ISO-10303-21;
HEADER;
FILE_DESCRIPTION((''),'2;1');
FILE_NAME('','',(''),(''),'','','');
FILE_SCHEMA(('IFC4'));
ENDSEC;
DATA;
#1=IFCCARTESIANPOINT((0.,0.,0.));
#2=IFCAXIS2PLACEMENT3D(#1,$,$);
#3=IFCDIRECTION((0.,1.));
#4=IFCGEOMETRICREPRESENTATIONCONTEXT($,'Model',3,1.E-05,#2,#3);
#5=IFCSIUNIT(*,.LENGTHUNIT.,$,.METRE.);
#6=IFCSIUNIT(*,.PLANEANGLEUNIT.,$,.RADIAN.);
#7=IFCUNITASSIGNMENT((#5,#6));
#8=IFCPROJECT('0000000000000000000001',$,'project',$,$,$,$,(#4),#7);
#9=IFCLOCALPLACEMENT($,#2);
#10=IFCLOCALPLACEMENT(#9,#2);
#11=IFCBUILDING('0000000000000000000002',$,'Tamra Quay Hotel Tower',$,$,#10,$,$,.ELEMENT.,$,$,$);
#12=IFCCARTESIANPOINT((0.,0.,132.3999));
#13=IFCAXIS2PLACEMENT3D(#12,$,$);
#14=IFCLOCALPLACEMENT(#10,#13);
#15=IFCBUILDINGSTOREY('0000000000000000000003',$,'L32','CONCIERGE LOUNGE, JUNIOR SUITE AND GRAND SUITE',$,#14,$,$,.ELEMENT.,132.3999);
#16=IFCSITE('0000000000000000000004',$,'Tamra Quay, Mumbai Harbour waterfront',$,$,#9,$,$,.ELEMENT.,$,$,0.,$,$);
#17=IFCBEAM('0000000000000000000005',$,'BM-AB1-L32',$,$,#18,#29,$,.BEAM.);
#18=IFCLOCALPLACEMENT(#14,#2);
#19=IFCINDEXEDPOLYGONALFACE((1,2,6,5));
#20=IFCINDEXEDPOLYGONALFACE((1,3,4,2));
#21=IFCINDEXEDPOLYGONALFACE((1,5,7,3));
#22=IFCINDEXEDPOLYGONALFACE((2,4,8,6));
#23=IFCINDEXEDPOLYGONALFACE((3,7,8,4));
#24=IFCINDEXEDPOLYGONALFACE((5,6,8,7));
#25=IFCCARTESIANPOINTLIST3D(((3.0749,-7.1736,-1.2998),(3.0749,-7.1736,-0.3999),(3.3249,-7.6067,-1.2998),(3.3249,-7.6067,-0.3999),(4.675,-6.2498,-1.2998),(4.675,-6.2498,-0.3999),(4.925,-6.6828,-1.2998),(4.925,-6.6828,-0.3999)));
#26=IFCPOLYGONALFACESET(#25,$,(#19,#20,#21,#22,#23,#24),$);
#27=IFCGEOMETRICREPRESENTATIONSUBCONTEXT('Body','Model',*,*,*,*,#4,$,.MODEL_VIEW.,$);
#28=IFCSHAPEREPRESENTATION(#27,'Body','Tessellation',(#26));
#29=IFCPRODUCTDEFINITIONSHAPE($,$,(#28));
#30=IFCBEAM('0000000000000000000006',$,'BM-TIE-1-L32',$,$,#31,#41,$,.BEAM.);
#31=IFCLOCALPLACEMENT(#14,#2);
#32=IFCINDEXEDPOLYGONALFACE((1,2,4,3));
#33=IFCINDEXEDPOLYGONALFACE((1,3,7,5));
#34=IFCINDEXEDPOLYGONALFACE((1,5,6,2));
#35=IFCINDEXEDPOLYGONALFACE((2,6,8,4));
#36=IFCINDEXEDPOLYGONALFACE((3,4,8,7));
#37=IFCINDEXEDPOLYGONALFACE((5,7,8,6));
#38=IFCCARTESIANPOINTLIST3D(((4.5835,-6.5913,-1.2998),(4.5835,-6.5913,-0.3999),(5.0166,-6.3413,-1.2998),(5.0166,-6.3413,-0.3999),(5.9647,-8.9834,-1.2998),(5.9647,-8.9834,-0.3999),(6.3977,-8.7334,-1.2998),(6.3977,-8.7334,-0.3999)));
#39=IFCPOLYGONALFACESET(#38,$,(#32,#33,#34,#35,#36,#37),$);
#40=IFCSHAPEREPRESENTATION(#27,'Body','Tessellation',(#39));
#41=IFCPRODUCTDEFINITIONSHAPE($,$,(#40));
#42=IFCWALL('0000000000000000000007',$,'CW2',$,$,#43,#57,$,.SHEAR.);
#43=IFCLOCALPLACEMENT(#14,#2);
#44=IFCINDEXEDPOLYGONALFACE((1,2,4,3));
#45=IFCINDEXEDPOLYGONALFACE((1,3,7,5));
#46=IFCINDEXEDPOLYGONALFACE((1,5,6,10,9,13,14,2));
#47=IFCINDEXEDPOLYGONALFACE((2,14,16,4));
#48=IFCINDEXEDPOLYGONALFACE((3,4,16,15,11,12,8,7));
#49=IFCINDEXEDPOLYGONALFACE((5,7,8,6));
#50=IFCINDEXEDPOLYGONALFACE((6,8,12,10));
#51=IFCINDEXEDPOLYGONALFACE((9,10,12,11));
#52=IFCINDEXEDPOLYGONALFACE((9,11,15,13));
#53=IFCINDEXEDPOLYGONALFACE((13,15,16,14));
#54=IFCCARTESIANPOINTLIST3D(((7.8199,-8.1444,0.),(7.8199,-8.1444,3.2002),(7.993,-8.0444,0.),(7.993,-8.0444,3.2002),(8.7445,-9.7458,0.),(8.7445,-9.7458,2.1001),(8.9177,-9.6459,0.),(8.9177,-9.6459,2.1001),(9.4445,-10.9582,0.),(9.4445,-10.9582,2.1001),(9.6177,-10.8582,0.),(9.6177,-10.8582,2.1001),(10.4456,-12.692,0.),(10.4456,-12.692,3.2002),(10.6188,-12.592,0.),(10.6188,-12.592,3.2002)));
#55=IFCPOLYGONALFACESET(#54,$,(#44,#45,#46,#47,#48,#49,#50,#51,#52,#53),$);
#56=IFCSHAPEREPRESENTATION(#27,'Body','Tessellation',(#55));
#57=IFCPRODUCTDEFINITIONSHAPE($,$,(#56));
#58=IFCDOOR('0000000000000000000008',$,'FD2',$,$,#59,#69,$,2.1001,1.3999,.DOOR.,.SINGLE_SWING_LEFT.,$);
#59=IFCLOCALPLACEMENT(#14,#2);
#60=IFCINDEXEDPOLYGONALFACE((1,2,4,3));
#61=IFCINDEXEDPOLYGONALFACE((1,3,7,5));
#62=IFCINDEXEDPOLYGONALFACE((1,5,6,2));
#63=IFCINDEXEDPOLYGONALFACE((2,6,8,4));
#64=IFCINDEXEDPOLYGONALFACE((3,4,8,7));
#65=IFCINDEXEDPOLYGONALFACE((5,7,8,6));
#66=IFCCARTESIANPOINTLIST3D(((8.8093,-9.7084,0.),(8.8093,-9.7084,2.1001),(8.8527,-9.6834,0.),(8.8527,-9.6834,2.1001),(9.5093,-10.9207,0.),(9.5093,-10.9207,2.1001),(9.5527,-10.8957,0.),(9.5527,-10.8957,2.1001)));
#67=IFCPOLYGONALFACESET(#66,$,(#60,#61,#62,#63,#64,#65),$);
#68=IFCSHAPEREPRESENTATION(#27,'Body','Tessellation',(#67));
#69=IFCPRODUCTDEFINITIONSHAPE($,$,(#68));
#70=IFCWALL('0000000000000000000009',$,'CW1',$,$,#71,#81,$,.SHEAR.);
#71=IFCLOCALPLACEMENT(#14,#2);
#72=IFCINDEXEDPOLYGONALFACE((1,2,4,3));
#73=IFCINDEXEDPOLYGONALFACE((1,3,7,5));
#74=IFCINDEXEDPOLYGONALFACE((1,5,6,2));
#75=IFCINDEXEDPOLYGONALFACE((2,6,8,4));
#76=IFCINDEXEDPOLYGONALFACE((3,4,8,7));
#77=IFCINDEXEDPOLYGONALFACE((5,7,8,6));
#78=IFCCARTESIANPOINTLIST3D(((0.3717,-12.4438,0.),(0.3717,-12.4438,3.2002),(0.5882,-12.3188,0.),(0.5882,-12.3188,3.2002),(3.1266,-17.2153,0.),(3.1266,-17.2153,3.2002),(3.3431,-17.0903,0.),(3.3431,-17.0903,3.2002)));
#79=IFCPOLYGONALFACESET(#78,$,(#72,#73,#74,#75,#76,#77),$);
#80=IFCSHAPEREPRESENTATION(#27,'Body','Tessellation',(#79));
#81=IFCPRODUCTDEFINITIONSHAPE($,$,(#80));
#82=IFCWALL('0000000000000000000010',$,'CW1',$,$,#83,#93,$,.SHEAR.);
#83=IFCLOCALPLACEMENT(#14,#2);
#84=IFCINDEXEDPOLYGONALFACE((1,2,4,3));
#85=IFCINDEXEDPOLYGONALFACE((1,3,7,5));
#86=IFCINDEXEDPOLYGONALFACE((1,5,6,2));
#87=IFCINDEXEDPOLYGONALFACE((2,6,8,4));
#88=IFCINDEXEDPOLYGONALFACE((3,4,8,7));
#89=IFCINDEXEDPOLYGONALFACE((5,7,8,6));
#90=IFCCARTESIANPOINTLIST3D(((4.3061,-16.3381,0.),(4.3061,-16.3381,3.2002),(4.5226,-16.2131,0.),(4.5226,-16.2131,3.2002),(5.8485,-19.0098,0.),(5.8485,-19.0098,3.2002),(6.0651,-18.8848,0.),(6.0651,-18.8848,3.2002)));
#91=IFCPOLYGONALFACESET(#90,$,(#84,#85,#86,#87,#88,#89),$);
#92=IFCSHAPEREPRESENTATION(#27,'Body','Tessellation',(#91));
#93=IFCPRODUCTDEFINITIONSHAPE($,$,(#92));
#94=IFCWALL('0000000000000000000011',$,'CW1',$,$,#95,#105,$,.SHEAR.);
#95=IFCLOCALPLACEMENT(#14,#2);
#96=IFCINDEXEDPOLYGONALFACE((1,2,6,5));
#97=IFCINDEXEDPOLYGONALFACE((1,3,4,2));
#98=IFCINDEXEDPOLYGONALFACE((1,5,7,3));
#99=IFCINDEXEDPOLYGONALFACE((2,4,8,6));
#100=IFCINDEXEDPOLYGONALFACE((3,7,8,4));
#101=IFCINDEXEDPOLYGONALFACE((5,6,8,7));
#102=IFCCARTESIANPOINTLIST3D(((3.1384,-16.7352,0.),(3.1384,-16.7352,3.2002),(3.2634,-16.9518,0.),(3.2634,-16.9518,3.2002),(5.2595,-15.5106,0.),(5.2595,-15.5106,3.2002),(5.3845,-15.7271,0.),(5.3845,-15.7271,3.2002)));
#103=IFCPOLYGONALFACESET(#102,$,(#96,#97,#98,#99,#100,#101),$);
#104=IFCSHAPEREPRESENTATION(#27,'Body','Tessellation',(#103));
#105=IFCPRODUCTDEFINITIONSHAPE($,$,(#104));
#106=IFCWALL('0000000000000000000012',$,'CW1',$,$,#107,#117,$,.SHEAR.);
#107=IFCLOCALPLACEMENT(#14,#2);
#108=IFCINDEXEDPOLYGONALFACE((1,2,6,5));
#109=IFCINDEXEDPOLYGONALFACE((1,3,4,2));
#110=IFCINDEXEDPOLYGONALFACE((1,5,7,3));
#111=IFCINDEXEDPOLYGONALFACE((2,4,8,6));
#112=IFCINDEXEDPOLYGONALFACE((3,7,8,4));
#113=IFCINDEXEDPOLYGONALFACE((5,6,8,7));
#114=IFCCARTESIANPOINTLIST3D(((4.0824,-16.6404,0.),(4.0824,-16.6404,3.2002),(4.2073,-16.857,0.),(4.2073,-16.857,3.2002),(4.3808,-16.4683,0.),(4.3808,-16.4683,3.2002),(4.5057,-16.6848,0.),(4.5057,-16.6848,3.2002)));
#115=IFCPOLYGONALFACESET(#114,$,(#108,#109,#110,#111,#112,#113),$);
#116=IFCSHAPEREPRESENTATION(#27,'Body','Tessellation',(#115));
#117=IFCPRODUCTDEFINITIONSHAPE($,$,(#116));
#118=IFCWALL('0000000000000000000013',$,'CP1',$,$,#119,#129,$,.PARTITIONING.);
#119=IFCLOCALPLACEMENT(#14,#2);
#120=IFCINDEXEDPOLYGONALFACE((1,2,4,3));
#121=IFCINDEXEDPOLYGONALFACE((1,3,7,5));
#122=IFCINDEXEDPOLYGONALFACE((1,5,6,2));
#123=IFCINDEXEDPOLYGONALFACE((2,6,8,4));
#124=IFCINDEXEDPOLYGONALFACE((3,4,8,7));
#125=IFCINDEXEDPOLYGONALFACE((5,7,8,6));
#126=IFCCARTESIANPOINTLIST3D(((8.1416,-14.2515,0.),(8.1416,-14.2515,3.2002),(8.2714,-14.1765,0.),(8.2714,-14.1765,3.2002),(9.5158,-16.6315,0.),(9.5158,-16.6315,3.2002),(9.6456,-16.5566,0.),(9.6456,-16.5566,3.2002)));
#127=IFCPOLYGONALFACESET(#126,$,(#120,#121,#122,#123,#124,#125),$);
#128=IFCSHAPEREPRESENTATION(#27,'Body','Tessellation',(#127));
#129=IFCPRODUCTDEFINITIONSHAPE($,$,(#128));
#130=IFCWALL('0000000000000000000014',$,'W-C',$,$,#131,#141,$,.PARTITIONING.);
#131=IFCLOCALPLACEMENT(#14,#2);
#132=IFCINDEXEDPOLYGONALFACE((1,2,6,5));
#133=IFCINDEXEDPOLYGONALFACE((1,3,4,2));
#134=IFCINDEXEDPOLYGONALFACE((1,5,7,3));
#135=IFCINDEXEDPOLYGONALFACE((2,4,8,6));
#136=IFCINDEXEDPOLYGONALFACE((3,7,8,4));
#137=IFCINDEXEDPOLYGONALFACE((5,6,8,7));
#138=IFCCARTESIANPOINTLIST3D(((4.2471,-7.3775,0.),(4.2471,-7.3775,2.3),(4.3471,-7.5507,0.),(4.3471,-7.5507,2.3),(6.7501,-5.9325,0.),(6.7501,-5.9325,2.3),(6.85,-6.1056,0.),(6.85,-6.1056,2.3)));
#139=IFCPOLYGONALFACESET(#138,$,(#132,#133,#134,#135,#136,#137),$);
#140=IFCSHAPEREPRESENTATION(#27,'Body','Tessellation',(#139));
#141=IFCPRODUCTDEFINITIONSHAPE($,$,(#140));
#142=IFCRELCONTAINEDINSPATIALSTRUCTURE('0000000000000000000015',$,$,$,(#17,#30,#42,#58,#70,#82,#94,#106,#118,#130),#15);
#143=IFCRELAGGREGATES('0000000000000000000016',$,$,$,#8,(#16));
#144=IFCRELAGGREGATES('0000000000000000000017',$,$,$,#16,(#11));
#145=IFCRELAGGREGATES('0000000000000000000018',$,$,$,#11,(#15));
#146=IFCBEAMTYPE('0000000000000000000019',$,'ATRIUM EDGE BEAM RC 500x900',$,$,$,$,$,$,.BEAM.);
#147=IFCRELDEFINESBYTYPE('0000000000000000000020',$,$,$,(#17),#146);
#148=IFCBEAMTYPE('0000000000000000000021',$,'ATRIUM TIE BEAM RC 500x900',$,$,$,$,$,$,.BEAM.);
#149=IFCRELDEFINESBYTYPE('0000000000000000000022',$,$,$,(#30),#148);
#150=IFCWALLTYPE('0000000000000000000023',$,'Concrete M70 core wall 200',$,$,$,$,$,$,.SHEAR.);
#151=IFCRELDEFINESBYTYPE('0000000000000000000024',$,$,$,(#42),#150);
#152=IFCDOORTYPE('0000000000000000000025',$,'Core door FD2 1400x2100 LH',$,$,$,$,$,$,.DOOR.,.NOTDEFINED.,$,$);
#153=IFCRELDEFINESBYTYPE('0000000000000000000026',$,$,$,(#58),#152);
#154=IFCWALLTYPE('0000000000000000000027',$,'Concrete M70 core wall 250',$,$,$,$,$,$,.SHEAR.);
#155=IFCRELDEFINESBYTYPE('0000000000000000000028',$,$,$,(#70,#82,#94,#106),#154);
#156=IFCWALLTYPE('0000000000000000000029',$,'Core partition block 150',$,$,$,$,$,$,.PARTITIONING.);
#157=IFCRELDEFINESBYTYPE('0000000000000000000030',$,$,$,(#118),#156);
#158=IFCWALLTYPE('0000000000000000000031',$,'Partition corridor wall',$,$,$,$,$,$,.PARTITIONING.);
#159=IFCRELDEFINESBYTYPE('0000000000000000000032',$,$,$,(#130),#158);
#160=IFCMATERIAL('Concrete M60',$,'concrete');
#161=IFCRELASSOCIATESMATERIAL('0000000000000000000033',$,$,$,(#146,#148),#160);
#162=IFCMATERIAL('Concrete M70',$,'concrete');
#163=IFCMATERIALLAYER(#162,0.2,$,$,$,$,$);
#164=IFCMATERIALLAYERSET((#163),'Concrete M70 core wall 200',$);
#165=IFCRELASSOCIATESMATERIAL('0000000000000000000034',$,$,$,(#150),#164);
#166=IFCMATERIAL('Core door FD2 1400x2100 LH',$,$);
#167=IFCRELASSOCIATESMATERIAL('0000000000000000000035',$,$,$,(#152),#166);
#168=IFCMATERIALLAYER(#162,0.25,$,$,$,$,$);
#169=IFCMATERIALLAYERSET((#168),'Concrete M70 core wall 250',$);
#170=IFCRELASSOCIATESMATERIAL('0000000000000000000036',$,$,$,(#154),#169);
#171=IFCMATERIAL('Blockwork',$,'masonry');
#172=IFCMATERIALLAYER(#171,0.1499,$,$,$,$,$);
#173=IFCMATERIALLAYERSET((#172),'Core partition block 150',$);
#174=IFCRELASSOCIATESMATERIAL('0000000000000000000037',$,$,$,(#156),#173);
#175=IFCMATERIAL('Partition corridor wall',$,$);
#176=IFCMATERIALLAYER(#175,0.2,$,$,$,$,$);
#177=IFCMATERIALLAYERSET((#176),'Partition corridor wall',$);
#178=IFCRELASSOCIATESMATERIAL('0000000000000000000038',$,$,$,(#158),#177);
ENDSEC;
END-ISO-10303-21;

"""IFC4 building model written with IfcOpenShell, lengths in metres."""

from ifc_helpers import new_model, si_unit, direction, frame, frame_2d, origin, origin_2d, place, context, subcontext, project, spatial, rectangle, extrude, material, layer, layer_set, material_profile, profile_set, type_object, element, fill, save


model = new_model("IFC4")

# Units and contexts
model_context = context("Model", 3, precision=1e-05, world=origin(), true_north=direction((0.0, 1.0)))
body_context = subcontext(model_context, "Body", "Model", "MODEL_VIEW")
ifc_project = project(units=[si_unit("LENGTHUNIT", "METRE"), si_unit("PLANEANGLEUNIT", "RADIAN")], contexts=[model_context])

# Site, building, storey
site_placement = place(None, origin())
site = spatial("IfcSite", under=ifc_project, at=site_placement, Name="Tamra Quay, Mumbai Harbour waterfront", CompositionType="ELEMENT", RefElevation=0.0)
building_placement = place(site_placement, origin())
building = spatial("IfcBuilding", under=site, at=building_placement, Name="Tamra Quay Hotel Tower", CompositionType="ELEMENT")
storey_placement = place(building_placement, frame((0.0, 0.0, 132.3999)))
storey = spatial("IfcBuildingStorey", under=building, at=storey_placement, Name="L32", Description="CONCIERGE LOUNGE, JUNIOR SUITE AND GRAND SUITE", CompositionType="ELEMENT", Elevation=132.3999)

# Beams
ifc_material_1 = material(Name="Concrete M60", Category="concrete")
ifc_material_profile_1 = material_profile(ifc_material_1, rectangle(XDim=0.5, YDim=0.8999, at=origin_2d()), Name="ATRIUM EDGE BEAM RC 500x900")
ifc_profile_set_1 = profile_set([ifc_material_profile_1], Name="Concrete M60")
beam_type_1 = type_object("IfcBeamType", Name="ATRIUM EDGE BEAM RC 500x900", PredefinedType="BEAM", material=ifc_profile_set_1)
beam_1_placement = place(storey_placement, frame((4.8, -6.4663, -0.8499), z_axis=(-0.866023, -0.500005, 0.0), x_axis=(0.500005, -0.866023, 0.0)))
element("IfcBeam", 1, at=beam_1_placement, inside=storey, type_object=beam_type_1, Name="BM-AB1-L32", PredefinedType="BEAM", context=body_context, shape_type="SweptSolid", body=[
    extrude(rectangle(XDim=0.5, YDim=0.8999, at=origin_2d()), origin(), (0.0, 0.0, 1.0), 1.8477),
])
ifc_material_profile_2 = material_profile(ifc_material_1, rectangle(XDim=0.5, YDim=0.8999, at=origin_2d()), Name="ATRIUM TIE BEAM RC 500x900")
ifc_profile_set_2 = profile_set([ifc_material_profile_2], Name="Concrete M60")
beam_type_2 = type_object("IfcBeamType", Name="ATRIUM TIE BEAM RC 500x900", PredefinedType="BEAM", material=ifc_profile_set_2)
beam_2_placement = place(storey_placement, frame((4.8, -6.4663, -0.8499), z_axis=(0.500008, -0.866021, 0.0), x_axis=(0.866021, 0.500008, 0.0)))
element("IfcBeam", 2, at=beam_2_placement, inside=storey, type_object=beam_type_2, Name="BM-TIE-1-L32", PredefinedType="BEAM", context=body_context, shape_type="SweptSolid", body=[
    extrude(rectangle(XDim=0.5, YDim=0.8999, at=origin_2d()), origin(), (0.0, 0.0, 1.0), 2.7622),
])

# Wall, opening, door
ifc_material_2 = material(Name="Concrete M70", Category="concrete")
ifc_layer_1 = layer(ifc_material_2, 0.2)
ifc_layer_set_1 = layer_set([ifc_layer_1], Name="Concrete M70 core wall 200")
wall_type_1 = type_object("IfcWallType", Name="Concrete M70 core wall 200", PredefinedType="SHEAR", material=ifc_layer_set_1)
wall_1_placement = place(storey_placement, frame((7.9065, -8.0945, 0.0), z_axis=(0.0, 0.0, 1.0), x_axis=(0.500024, -0.866011, 0.0)))
wall_1 = element("IfcWall", 3, at=wall_1_placement, inside=storey, type_object=wall_type_1, Name="CW2", PredefinedType="SHEAR", context=body_context, shape_type="SweptSolid", body=[
    extrude(rectangle(XDim=5.2512, YDim=0.2, at=frame_2d((2.6255, 0.0))), origin(), (0.0, 0.0, 1.0), 3.2002),
])
opening_1_placement = place(wall_1_placement, frame((1.8491, 0.0, 0.0)))
opening_1 = element("IfcOpeningElement", 4, at=opening_1_placement, cuts=wall_1, PredefinedType="OPENING", context=body_context, shape_type="SweptSolid", body=[
    extrude(rectangle(XDim=1.3999, YDim=2.1001, at=frame_2d((0.7, 1.05))), frame((0.0, 0.1099, 0.0), z_axis=(0.0, -1.0, 0.0), x_axis=(1.0, 0.0, 0.0)), (0.0, 0.0, 1.0), 0.22),
])
ifc_material_3 = material(Name="Core door FD2 1400x2100 LH")
door_type_1 = type_object("IfcDoorType", Name="Core door FD2 1400x2100 LH", OperationType="NOTDEFINED", PredefinedType="DOOR", material=ifc_material_3)
door_1_placement = place(opening_1_placement, origin())
door_1 = element("IfcDoor", 5, at=door_1_placement, inside=storey, type_object=door_type_1, Name="FD2", OperationType="SINGLE_SWING_LEFT", OverallHeight=2.1001, OverallWidth=1.3999, PredefinedType="DOOR", context=body_context, shape_type="SweptSolid", body=[
    extrude(rectangle(XDim=1.3999, YDim=2.1001, at=frame_2d((0.7, 1.05))), frame((0.0, 0.0249, 0.0), z_axis=(0.0, -1.0, 0.0), x_axis=(1.0, 0.0, 0.0)), (0.0, 0.0, 1.0), 0.05),
])
fill(opening_1, door_1)

# Walls
ifc_layer_2 = layer(ifc_material_2, 0.25)
ifc_layer_set_2 = layer_set([ifc_layer_2], Name="Concrete M70 core wall 250")
wall_type_2 = type_object("IfcWallType", Name="Concrete M70 core wall 250", PredefinedType="SHEAR", material=ifc_layer_set_2)
wall_2_placement = place(storey_placement, frame((3.2349, -17.1528, 0.0), z_axis=(0.0, 0.0, 1.0), x_axis=(-0.500009, 0.86602, 0.0)))
element("IfcWall", 6, at=wall_2_placement, inside=storey, type_object=wall_type_2, Name="CW1", PredefinedType="SHEAR", context=body_context, shape_type="SweptSolid", body=[
    extrude(rectangle(XDim=5.5098, YDim=0.25, at=frame_2d((2.7549, 0.0))), origin(), (0.0, 0.0, 1.0), 3.2002),
])
wall_3_placement = place(storey_placement, frame((4.4143, -16.2756, 0.0), z_axis=(0.0, 0.0, 1.0), x_axis=(0.500003, -0.866023, 0.0)))
element("IfcWall", 7, at=wall_3_placement, inside=storey, type_object=wall_type_2, Name="CW1", PredefinedType="SHEAR", context=body_context, shape_type="SweptSolid", body=[
    extrude(rectangle(XDim=3.085, YDim=0.25, at=frame_2d((1.5425, 0.0))), origin(), (0.0, 0.0, 1.0), 3.2002),
])
wall_4_placement = place(storey_placement, frame((5.322, -15.6189, 0.0), z_axis=(0.0, 0.0, 1.0), x_axis=(-0.866026, -0.499999, 0.0)))
element("IfcWall", 8, at=wall_4_placement, inside=storey, type_object=wall_type_2, Name="CW1", PredefinedType="SHEAR", context=body_context, shape_type="SweptSolid", body=[
    extrude(rectangle(XDim=2.4492, YDim=0.25, at=frame_2d((1.2246, 0.0))), origin(), (0.0, 0.0, 1.0), 3.2002),
])
wall_5_placement = place(storey_placement, frame((4.1448, -16.7488, 0.0), z_axis=(0.0, 0.0, 1.0), x_axis=(0.866186, 0.499722, 0.0)))
element("IfcWall", 9, at=wall_5_placement, inside=storey, type_object=wall_type_2, Name="CW1", PredefinedType="SHEAR", context=body_context, shape_type="SweptSolid", body=[
    extrude(rectangle(XDim=0.3445, YDim=0.25, at=frame_2d((0.1724, 0.0))), origin(), (0.0, 0.0, 1.0), 3.2002),
])
ifc_material_4 = material(Name="Blockwork", Category="masonry")
ifc_layer_3 = layer(ifc_material_4, 0.1499)
ifc_layer_set_3 = layer_set([ifc_layer_3], Name="Core partition block 150")
wall_type_3 = type_object("IfcWallType", Name="Core partition block 150", PredefinedType="PARTITIONING", material=ifc_layer_set_3)
wall_6_placement = place(storey_placement, frame((8.2065, -14.2141, 0.0), z_axis=(0.0, 0.0, 1.0), x_axis=(0.500027, -0.86601, 0.0)))
element("IfcWall", 10, at=wall_6_placement, inside=storey, type_object=wall_type_3, Name="CP1", PredefinedType="PARTITIONING", context=body_context, shape_type="SweptSolid", body=[
    extrude(rectangle(XDim=2.7483, YDim=0.1499, at=frame_2d((1.374, 0.0))), origin(), (0.0, 0.0, 1.0), 3.2002),
])
ifc_material_5 = material(Name="Partition corridor wall")
ifc_layer_4 = layer(ifc_material_5, 0.2)
ifc_layer_set_4 = layer_set([ifc_layer_4], Name="Partition corridor wall")
wall_type_4 = type_object("IfcWallType", Name="Partition corridor wall", PredefinedType="PARTITIONING", material=ifc_layer_set_4)
wall_7_placement = place(storey_placement, frame((4.2971, -7.4641, 0.0), z_axis=(0.0, 0.0, 1.0), x_axis=(0.866025, 0.5, 0.0)))
element("IfcWall", 11, at=wall_7_placement, inside=storey, type_object=wall_type_4, Name="W-C", PredefinedType="PARTITIONING", context=body_context, shape_type="SweptSolid", body=[
    extrude(rectangle(XDim=2.8901, YDim=0.2, at=frame_2d((1.4451, 0.0))), origin(), (0.0, 0.0, 1.0), 2.3),
])

save(model, "model.ifc")
